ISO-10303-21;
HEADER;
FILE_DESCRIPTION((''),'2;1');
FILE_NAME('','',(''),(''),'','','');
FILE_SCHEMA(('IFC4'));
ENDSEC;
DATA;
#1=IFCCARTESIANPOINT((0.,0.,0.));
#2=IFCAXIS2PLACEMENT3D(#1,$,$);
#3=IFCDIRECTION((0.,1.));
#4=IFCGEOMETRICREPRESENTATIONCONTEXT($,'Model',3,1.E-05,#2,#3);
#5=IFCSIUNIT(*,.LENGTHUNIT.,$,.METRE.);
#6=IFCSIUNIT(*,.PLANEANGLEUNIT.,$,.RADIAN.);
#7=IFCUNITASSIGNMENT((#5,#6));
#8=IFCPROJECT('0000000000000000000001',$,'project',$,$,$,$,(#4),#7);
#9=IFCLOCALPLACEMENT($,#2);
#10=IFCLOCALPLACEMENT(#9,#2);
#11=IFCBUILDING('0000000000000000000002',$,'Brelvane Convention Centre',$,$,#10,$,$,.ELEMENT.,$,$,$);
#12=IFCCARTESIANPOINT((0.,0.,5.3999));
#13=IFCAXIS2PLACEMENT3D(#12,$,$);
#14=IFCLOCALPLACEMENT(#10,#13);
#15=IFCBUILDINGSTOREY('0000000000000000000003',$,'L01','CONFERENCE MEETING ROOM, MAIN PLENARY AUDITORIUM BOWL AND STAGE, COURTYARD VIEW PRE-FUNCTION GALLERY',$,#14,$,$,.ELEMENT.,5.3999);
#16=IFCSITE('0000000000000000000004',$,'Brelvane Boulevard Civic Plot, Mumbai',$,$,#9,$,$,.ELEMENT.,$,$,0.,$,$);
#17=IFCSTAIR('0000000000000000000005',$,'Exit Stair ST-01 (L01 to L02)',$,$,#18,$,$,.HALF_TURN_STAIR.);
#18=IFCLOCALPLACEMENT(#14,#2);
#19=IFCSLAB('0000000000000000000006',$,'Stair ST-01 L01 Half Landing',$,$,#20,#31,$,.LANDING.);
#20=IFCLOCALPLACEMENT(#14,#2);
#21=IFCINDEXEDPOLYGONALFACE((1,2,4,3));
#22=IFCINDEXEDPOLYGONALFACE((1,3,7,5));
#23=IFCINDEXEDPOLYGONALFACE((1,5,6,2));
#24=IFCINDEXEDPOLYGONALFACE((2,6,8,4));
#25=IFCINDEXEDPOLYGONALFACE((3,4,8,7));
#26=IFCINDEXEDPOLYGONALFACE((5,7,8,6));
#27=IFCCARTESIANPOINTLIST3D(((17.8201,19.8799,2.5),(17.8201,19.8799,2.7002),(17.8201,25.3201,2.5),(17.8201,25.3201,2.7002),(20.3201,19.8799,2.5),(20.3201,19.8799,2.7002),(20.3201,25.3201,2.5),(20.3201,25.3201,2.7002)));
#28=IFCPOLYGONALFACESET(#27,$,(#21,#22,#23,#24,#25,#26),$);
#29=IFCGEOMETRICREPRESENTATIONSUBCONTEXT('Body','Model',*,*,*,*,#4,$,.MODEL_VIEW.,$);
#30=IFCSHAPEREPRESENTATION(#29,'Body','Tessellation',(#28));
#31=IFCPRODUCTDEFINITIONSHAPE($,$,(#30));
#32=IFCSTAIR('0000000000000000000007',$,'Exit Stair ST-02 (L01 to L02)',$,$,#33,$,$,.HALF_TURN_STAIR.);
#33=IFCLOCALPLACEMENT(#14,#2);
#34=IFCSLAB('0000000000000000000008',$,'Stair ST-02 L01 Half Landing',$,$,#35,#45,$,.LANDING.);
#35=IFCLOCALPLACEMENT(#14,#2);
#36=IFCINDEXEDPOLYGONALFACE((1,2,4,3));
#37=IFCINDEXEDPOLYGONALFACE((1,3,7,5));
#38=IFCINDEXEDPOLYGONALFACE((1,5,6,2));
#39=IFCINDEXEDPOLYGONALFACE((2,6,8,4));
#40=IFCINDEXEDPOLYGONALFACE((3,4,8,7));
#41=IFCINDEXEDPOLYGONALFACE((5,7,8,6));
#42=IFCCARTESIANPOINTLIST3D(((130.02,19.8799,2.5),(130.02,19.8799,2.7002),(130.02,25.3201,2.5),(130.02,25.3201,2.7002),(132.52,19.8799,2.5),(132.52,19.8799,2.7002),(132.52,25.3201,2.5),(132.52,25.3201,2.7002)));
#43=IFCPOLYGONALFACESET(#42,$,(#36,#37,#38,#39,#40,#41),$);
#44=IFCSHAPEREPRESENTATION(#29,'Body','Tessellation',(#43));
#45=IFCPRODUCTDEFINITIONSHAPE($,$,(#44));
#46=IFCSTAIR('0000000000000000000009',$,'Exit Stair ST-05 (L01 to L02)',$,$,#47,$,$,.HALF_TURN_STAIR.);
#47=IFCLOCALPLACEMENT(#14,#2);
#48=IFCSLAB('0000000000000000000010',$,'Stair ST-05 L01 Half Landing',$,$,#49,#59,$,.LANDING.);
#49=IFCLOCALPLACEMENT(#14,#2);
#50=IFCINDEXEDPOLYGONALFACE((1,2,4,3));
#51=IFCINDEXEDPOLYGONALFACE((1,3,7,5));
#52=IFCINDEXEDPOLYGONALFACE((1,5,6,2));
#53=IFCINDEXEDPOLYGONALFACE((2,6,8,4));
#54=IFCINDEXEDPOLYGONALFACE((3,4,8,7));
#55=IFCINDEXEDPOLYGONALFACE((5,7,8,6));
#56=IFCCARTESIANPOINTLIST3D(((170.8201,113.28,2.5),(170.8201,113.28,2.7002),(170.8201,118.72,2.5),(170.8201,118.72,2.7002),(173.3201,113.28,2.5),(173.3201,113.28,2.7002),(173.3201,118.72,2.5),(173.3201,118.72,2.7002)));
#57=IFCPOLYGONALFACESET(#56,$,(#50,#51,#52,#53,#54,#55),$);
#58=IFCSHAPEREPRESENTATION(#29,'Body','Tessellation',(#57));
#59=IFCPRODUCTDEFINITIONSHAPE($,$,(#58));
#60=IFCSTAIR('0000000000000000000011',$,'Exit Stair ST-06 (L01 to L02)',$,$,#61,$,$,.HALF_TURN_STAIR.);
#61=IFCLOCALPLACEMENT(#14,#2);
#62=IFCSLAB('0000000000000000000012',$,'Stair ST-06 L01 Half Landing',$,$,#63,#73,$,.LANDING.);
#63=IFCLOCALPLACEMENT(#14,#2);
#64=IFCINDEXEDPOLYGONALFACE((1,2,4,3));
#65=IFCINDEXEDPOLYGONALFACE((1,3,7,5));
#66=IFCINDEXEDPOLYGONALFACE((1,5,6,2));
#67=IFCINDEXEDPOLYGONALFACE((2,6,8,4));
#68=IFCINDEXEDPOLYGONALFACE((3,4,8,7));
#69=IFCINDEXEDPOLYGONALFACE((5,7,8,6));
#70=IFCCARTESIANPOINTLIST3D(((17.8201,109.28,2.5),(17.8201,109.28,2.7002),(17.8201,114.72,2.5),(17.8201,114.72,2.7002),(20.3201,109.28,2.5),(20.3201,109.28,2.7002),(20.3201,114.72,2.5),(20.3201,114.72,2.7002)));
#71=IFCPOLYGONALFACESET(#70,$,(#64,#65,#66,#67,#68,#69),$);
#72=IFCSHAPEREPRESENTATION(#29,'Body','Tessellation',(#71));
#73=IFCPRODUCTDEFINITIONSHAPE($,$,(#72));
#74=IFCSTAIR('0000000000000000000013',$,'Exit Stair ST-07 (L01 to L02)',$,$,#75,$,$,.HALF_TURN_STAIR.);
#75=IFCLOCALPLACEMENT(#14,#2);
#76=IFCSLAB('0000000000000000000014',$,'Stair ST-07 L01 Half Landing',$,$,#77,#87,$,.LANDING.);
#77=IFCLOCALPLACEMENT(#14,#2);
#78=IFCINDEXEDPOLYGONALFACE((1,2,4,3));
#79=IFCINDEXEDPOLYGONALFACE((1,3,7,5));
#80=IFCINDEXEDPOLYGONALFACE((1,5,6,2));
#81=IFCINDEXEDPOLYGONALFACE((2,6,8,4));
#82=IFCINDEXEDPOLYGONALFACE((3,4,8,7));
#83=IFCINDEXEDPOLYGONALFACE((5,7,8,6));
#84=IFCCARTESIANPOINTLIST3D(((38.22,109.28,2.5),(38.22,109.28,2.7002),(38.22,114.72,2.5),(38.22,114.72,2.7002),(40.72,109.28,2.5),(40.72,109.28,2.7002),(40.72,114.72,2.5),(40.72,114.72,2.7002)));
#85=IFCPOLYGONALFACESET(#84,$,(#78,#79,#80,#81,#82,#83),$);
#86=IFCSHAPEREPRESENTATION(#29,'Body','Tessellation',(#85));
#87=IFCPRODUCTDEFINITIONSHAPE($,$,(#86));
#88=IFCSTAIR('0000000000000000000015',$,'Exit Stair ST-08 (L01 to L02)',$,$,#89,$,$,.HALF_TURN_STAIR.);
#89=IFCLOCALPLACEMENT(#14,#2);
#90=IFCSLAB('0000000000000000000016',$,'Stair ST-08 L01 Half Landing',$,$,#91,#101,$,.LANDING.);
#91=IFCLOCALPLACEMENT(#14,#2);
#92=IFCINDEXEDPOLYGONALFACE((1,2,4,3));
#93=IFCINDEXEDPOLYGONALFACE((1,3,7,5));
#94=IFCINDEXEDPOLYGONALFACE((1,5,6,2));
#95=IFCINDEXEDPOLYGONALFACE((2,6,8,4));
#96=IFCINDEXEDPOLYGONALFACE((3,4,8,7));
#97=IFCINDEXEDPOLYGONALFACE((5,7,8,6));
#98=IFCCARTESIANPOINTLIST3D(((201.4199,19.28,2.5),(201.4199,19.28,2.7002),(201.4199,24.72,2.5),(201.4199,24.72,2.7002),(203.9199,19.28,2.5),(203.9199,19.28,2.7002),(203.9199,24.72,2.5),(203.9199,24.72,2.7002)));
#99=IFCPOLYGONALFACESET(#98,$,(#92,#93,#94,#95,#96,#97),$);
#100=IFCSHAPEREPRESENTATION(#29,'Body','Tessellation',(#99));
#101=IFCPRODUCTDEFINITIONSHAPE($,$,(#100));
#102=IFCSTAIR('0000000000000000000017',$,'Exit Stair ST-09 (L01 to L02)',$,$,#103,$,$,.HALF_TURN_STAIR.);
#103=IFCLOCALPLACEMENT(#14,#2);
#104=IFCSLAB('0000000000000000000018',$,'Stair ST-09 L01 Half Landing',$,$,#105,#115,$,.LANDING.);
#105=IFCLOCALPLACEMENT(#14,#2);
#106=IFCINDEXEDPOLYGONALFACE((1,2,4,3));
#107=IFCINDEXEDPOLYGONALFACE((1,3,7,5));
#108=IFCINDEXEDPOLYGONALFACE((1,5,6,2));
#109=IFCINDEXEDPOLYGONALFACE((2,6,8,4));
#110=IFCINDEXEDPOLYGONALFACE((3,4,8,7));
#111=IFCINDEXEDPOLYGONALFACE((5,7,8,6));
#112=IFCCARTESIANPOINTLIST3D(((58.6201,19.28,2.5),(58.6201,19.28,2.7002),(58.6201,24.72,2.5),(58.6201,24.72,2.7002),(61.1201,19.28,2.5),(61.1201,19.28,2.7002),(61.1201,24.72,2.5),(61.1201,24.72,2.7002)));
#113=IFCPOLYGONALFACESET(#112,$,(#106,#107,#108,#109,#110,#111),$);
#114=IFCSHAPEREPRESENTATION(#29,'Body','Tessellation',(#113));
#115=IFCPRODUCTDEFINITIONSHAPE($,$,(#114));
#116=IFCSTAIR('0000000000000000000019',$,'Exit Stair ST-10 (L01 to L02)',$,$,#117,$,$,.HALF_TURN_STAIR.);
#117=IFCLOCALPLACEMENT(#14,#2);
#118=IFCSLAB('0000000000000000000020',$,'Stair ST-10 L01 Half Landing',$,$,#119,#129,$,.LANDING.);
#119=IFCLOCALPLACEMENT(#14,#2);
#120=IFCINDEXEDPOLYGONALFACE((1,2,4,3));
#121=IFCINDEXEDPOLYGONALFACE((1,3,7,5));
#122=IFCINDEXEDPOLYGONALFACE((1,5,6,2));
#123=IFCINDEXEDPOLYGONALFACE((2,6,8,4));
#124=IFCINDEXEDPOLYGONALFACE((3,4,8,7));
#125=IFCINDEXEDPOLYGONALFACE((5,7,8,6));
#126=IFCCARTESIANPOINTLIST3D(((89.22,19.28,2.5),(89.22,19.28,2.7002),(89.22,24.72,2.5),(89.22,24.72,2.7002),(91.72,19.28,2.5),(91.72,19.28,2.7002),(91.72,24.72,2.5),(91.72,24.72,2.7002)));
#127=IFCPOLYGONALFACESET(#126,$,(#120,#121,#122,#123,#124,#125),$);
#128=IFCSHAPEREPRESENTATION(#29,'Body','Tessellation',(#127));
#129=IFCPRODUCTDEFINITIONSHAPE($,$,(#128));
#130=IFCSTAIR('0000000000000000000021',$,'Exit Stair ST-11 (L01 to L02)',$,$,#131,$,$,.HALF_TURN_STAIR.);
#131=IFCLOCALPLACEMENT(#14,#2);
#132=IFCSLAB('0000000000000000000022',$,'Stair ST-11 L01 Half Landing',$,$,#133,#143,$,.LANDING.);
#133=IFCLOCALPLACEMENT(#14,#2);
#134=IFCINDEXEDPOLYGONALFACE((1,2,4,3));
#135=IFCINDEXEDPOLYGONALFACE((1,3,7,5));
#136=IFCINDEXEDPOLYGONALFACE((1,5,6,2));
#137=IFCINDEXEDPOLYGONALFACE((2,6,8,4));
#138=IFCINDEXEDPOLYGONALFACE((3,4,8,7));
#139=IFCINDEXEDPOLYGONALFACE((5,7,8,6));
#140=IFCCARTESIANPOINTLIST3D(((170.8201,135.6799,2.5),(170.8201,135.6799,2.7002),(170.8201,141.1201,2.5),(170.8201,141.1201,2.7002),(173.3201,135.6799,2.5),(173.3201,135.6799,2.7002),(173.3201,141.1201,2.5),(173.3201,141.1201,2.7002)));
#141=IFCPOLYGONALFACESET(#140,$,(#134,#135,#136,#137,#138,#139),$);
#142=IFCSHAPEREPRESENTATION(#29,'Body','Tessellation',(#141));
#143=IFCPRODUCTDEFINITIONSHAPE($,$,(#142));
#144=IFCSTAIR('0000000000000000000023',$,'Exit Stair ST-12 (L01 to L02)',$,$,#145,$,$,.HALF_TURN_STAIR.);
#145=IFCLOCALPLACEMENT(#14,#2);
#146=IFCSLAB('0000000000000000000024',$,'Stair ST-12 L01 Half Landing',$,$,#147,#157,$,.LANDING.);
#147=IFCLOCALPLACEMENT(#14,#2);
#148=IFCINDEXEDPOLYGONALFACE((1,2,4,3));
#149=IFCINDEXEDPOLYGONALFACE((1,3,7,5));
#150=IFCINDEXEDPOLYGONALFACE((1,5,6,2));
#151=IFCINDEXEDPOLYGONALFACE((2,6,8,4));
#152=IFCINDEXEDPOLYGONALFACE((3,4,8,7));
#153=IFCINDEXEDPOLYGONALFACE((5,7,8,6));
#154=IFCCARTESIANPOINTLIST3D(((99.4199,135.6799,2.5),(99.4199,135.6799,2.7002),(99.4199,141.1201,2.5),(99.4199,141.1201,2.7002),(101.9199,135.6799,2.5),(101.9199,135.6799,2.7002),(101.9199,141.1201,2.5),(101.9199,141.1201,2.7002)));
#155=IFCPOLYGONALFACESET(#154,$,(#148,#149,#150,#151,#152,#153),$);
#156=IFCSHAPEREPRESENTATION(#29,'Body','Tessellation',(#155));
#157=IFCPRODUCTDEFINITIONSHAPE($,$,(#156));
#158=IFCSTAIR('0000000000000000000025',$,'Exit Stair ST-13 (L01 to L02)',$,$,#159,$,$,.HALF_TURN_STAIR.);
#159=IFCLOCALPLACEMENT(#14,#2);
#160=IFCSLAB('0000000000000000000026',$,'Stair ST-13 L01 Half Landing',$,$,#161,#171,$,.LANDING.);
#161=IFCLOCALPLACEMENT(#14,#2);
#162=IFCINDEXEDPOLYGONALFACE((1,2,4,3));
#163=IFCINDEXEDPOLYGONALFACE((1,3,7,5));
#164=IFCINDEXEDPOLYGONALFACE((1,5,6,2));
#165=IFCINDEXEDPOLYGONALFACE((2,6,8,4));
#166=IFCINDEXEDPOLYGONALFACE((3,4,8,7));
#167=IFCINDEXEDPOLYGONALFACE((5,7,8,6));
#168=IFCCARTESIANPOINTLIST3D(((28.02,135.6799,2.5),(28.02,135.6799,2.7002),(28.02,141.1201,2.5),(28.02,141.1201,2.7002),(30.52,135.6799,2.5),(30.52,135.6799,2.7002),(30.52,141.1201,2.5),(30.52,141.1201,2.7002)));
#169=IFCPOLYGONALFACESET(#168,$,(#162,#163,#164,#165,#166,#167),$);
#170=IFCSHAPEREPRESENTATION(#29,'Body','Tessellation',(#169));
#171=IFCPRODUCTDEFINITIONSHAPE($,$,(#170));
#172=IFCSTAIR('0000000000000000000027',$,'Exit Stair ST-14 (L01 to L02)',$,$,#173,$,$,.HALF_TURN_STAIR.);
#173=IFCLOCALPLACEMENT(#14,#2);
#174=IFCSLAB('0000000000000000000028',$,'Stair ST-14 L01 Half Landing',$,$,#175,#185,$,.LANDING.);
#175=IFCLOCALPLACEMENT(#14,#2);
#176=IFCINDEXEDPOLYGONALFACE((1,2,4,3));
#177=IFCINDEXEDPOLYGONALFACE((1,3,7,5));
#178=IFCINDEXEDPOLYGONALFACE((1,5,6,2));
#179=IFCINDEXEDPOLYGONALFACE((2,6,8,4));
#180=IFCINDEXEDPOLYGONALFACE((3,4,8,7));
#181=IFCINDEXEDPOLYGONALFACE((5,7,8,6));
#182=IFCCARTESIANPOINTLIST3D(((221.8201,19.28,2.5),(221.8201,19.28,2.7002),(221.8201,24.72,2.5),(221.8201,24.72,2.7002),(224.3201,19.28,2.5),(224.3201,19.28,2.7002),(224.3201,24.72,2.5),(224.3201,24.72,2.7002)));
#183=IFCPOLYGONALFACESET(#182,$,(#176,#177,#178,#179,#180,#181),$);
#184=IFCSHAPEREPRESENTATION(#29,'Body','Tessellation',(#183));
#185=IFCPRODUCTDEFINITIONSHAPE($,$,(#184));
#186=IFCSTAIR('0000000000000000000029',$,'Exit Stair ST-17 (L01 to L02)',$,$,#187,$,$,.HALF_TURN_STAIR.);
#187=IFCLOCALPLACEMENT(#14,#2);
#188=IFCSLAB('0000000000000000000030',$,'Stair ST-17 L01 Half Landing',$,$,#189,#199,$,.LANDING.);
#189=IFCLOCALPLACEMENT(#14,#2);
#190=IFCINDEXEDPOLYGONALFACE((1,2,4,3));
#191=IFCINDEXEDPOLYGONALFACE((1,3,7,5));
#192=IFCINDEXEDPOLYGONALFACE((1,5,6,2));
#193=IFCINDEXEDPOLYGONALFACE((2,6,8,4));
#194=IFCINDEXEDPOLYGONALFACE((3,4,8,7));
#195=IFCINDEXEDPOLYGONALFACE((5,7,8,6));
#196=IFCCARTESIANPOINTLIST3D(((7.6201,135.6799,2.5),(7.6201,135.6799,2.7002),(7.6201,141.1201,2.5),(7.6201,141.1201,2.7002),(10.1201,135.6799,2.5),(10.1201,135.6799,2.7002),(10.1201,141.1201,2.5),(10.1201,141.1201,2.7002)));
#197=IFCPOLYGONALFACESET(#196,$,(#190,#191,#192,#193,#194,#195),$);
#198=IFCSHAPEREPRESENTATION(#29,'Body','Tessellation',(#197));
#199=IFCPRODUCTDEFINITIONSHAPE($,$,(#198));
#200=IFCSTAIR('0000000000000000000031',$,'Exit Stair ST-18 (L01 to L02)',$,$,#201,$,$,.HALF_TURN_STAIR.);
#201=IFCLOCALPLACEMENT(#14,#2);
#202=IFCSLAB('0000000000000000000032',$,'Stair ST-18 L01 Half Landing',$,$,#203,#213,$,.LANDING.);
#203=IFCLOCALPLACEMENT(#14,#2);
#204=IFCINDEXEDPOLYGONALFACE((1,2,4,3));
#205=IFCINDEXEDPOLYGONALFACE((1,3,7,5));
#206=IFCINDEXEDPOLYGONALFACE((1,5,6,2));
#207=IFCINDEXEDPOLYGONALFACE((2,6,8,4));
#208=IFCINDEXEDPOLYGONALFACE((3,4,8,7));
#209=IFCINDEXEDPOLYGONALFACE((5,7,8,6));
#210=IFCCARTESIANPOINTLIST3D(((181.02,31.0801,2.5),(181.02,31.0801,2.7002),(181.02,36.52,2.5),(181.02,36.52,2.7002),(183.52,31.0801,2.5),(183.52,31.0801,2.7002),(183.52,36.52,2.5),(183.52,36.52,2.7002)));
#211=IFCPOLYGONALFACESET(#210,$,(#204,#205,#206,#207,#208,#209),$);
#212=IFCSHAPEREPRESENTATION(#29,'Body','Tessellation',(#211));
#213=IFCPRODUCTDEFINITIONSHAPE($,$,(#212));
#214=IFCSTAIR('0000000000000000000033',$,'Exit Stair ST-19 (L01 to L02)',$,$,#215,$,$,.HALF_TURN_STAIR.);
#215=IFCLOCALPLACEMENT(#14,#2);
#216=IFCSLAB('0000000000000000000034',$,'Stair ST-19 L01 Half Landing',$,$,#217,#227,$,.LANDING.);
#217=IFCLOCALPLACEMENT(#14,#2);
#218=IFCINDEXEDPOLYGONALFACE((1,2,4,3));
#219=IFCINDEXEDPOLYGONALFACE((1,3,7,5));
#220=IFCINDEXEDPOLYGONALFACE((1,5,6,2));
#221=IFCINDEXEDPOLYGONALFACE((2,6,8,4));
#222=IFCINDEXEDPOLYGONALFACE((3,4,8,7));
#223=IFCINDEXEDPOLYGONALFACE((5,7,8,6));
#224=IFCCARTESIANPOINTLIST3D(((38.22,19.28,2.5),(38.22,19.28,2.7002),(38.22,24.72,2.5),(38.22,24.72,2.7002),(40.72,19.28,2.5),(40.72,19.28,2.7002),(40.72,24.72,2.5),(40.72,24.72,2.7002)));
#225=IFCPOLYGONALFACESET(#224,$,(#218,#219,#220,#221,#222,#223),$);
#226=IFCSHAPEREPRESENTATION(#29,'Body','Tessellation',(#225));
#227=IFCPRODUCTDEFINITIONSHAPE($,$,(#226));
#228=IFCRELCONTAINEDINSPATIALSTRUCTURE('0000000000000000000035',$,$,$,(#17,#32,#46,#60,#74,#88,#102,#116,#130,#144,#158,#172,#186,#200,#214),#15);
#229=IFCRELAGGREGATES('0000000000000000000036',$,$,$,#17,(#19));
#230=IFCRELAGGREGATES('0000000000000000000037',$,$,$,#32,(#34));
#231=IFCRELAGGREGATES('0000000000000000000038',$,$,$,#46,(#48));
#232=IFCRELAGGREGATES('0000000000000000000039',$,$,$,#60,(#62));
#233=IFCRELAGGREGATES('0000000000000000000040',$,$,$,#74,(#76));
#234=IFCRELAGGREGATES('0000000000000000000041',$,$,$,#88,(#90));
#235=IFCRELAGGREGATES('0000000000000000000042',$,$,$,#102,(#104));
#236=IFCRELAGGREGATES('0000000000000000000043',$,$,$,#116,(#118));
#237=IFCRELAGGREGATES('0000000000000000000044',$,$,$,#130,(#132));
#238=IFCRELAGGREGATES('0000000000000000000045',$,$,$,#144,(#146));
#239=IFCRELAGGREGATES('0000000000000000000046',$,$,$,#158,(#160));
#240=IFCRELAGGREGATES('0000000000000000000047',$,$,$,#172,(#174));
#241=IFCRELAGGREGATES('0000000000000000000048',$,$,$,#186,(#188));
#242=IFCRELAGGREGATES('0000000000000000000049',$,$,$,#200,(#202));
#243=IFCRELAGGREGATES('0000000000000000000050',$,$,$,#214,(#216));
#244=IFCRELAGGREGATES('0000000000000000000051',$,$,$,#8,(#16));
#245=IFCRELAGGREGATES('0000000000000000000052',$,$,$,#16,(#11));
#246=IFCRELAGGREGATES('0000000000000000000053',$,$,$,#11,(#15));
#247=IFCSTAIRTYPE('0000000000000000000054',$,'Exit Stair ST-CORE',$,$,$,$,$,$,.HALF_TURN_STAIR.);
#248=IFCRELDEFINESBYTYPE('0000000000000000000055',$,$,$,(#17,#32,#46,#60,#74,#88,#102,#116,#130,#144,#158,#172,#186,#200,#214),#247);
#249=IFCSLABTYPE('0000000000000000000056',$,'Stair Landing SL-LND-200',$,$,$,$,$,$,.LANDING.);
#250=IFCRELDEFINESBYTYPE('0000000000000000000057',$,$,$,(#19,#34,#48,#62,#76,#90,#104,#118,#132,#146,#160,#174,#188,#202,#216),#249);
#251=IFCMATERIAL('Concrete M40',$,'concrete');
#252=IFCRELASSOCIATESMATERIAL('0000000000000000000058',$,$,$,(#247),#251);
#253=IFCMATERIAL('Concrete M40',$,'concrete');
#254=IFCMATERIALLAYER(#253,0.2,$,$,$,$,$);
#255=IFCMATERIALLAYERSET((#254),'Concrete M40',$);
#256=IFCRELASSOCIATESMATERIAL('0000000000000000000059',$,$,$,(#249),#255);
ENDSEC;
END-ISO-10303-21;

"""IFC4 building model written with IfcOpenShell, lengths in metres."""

from ifc_helpers import new_model, si_unit, direction, frame, origin, place, context, subcontext, project, spatial, polyline, outline, extrude, material, layer, layer_set, type_object, element, aggregate, save


model = new_model("IFC4")

# Units and contexts
model_context = context("Model", 3, precision=1e-05, world=origin(), true_north=direction((0.0, 1.0)))
body_context = subcontext(model_context, "Body", "Model", "MODEL_VIEW")
ifc_project = project(units=[si_unit("LENGTHUNIT", "METRE"), si_unit("PLANEANGLEUNIT", "RADIAN")], contexts=[model_context])

# Site, building, storey
site_placement = place(None, origin())
site = spatial("IfcSite", under=ifc_project, at=site_placement, Name="Brelvane Boulevard Civic Plot, Mumbai", CompositionType="ELEMENT", RefElevation=0.0)
building_placement = place(site_placement, origin())
building = spatial("IfcBuilding", under=site, at=building_placement, Name="Brelvane Convention Centre", CompositionType="ELEMENT")
storey_placement = place(building_placement, frame((0.0, 0.0, 5.3999)))
storey = spatial("IfcBuildingStorey", under=building, at=storey_placement, Name="L01", Description="CONFERENCE MEETING ROOM, MAIN PLENARY AUDITORIUM BOWL AND STAGE, COURTYARD VIEW PRE-FUNCTION GALLERY", CompositionType="ELEMENT", Elevation=5.3999)

# Stairs, slabs
ifc_material_1 = material(Name="Concrete M40", Category="concrete")
stair_type_1 = type_object("IfcStairType", Name="Exit Stair ST-CORE", PredefinedType="HALF_TURN_STAIR", material=ifc_material_1)
stair_1_placement = place(storey_placement, origin())
stair_1 = element("IfcStair", 1, at=stair_1_placement, inside=storey, type_object=stair_type_1, Name="Exit Stair ST-01 (L01 to L02)", PredefinedType="HALF_TURN_STAIR")
ifc_material_2 = material(Name="Concrete M40", Category="concrete")
ifc_layer_1 = layer(ifc_material_2, 0.2)
ifc_layer_set_1 = layer_set([ifc_layer_1], Name="Concrete M40")
slab_type_1 = type_object("IfcSlabType", Name="Stair Landing SL-LND-200", PredefinedType="LANDING", material=ifc_layer_set_1)
slab_1_placement = place(storey_placement, frame((0.0, 0.0, 2.5)))
slab_1 = element("IfcSlab", 2, at=slab_1_placement, type_object=slab_type_1, Name="Stair ST-01 L01 Half Landing", PredefinedType="LANDING", context=body_context, shape_type="SweptSolid", body=[
    extrude(outline(polyline([(17.8201, 19.8799), (20.3201, 19.8799), (20.3201, 25.3201), (17.8201, 25.3201), (17.8201, 19.8799)])), origin(), (0.0, 0.0, 1.0), 0.2002),
])
aggregate(stair_1, [slab_1])
stair_2_placement = place(storey_placement, origin())
stair_2 = element("IfcStair", 3, at=stair_2_placement, inside=storey, type_object=stair_type_1, Name="Exit Stair ST-02 (L01 to L02)", PredefinedType="HALF_TURN_STAIR")
slab_2_placement = place(storey_placement, frame((0.0, 0.0, 2.5)))
slab_2 = element("IfcSlab", 4, at=slab_2_placement, type_object=slab_type_1, Name="Stair ST-02 L01 Half Landing", PredefinedType="LANDING", context=body_context, shape_type="SweptSolid", body=[
    extrude(outline(polyline([(130.02, 19.8799), (132.52, 19.8799), (132.52, 25.3201), (130.02, 25.3201), (130.02, 19.8799)])), origin(), (0.0, 0.0, 1.0), 0.2002),
])
aggregate(stair_2, [slab_2])
stair_3_placement = place(storey_placement, origin())
stair_3 = element("IfcStair", 5, at=stair_3_placement, inside=storey, type_object=stair_type_1, Name="Exit Stair ST-05 (L01 to L02)", PredefinedType="HALF_TURN_STAIR")
slab_3_placement = place(storey_placement, frame((0.0, 0.0, 2.5)))
slab_3 = element("IfcSlab", 6, at=slab_3_placement, type_object=slab_type_1, Name="Stair ST-05 L01 Half Landing", PredefinedType="LANDING", context=body_context, shape_type="SweptSolid", body=[
    extrude(outline(polyline([(170.8201, 113.28), (173.3201, 113.28), (173.3201, 118.72), (170.8201, 118.72), (170.8201, 113.28)])), origin(), (0.0, 0.0, 1.0), 0.2002),
])
aggregate(stair_3, [slab_3])
stair_4_placement = place(storey_placement, origin())
stair_4 = element("IfcStair", 7, at=stair_4_placement, inside=storey, type_object=stair_type_1, Name="Exit Stair ST-06 (L01 to L02)", PredefinedType="HALF_TURN_STAIR")
slab_4_placement = place(storey_placement, frame((0.0, 0.0, 2.5)))
slab_4 = element("IfcSlab", 8, at=slab_4_placement, type_object=slab_type_1, Name="Stair ST-06 L01 Half Landing", PredefinedType="LANDING", context=body_context, shape_type="SweptSolid", body=[
    extrude(outline(polyline([(17.8201, 109.28), (20.3201, 109.28), (20.3201, 114.72), (17.8201, 114.72), (17.8201, 109.28)])), origin(), (0.0, 0.0, 1.0), 0.2002),
])
aggregate(stair_4, [slab_4])
stair_5_placement = place(storey_placement, origin())
stair_5 = element("IfcStair", 9, at=stair_5_placement, inside=storey, type_object=stair_type_1, Name="Exit Stair ST-07 (L01 to L02)", PredefinedType="HALF_TURN_STAIR")
slab_5_placement = place(storey_placement, frame((0.0, 0.0, 2.5)))
slab_5 = element("IfcSlab", 10, at=slab_5_placement, type_object=slab_type_1, Name="Stair ST-07 L01 Half Landing", PredefinedType="LANDING", context=body_context, shape_type="SweptSolid", body=[
    extrude(outline(polyline([(38.22, 109.28), (40.72, 109.28), (40.72, 114.72), (38.22, 114.72), (38.22, 109.28)])), origin(), (0.0, 0.0, 1.0), 0.2002),
])
aggregate(stair_5, [slab_5])
stair_6_placement = place(storey_placement, origin())
stair_6 = element("IfcStair", 11, at=stair_6_placement, inside=storey, type_object=stair_type_1, Name="Exit Stair ST-08 (L01 to L02)", PredefinedType="HALF_TURN_STAIR")
slab_6_placement = place(storey_placement, frame((0.0, 0.0, 2.5)))
slab_6 = element("IfcSlab", 12, at=slab_6_placement, type_object=slab_type_1, Name="Stair ST-08 L01 Half Landing", PredefinedType="LANDING", context=body_context, shape_type="SweptSolid", body=[
    extrude(outline(polyline([(201.4199, 19.28), (203.9199, 19.28), (203.9199, 24.72), (201.4199, 24.72), (201.4199, 19.28)])), origin(), (0.0, 0.0, 1.0), 0.2002),
])
aggregate(stair_6, [slab_6])
stair_7_placement = place(storey_placement, origin())
stair_7 = element("IfcStair", 13, at=stair_7_placement, inside=storey, type_object=stair_type_1, Name="Exit Stair ST-09 (L01 to L02)", PredefinedType="HALF_TURN_STAIR")
slab_7_placement = place(storey_placement, frame((0.0, 0.0, 2.5)))
slab_7 = element("IfcSlab", 14, at=slab_7_placement, type_object=slab_type_1, Name="Stair ST-09 L01 Half Landing", PredefinedType="LANDING", context=body_context, shape_type="SweptSolid", body=[
    extrude(outline(polyline([(58.6201, 19.28), (61.1201, 19.28), (61.1201, 24.72), (58.6201, 24.72), (58.6201, 19.28)])), origin(), (0.0, 0.0, 1.0), 0.2002),
])
aggregate(stair_7, [slab_7])
stair_8_placement = place(storey_placement, origin())
stair_8 = element("IfcStair", 15, at=stair_8_placement, inside=storey, type_object=stair_type_1, Name="Exit Stair ST-10 (L01 to L02)", PredefinedType="HALF_TURN_STAIR")
slab_8_placement = place(storey_placement, frame((0.0, 0.0, 2.5)))
slab_8 = element("IfcSlab", 16, at=slab_8_placement, type_object=slab_type_1, Name="Stair ST-10 L01 Half Landing", PredefinedType="LANDING", context=body_context, shape_type="SweptSolid", body=[
    extrude(outline(polyline([(89.22, 19.28), (91.72, 19.28), (91.72, 24.72), (89.22, 24.72), (89.22, 19.28)])), origin(), (0.0, 0.0, 1.0), 0.2002),
])
aggregate(stair_8, [slab_8])
stair_9_placement = place(storey_placement, origin())
stair_9 = element("IfcStair", 17, at=stair_9_placement, inside=storey, type_object=stair_type_1, Name="Exit Stair ST-11 (L01 to L02)", PredefinedType="HALF_TURN_STAIR")
slab_9_placement = place(storey_placement, frame((0.0, 0.0, 2.5)))
slab_9 = element("IfcSlab", 18, at=slab_9_placement, type_object=slab_type_1, Name="Stair ST-11 L01 Half Landing", PredefinedType="LANDING", context=body_context, shape_type="SweptSolid", body=[
    extrude(outline(polyline([(170.8201, 135.6799), (173.3201, 135.6799), (173.3201, 141.1201), (170.8201, 141.1201), (170.8201, 135.6799)])), origin(), (0.0, 0.0, 1.0), 0.2002),
])
aggregate(stair_9, [slab_9])
stair_10_placement = place(storey_placement, origin())
stair_10 = element("IfcStair", 19, at=stair_10_placement, inside=storey, type_object=stair_type_1, Name="Exit Stair ST-12 (L01 to L02)", PredefinedType="HALF_TURN_STAIR")
slab_10_placement = place(storey_placement, frame((0.0, 0.0, 2.5)))
slab_10 = element("IfcSlab", 20, at=slab_10_placement, type_object=slab_type_1, Name="Stair ST-12 L01 Half Landing", PredefinedType="LANDING", context=body_context, shape_type="SweptSolid", body=[
    extrude(outline(polyline([(99.4199, 135.6799), (101.9199, 135.6799), (101.9199, 141.1201), (99.4199, 141.1201), (99.4199, 135.6799)])), origin(), (0.0, 0.0, 1.0), 0.2002),
])
aggregate(stair_10, [slab_10])
stair_11_placement = place(storey_placement, origin())
stair_11 = element("IfcStair", 21, at=stair_11_placement, inside=storey, type_object=stair_type_1, Name="Exit Stair ST-13 (L01 to L02)", PredefinedType="HALF_TURN_STAIR")
slab_11_placement = place(storey_placement, frame((0.0, 0.0, 2.5)))
slab_11 = element("IfcSlab", 22, at=slab_11_placement, type_object=slab_type_1, Name="Stair ST-13 L01 Half Landing", PredefinedType="LANDING", context=body_context, shape_type="SweptSolid", body=[
    extrude(outline(polyline([(28.02, 135.6799), (30.52, 135.6799), (30.52, 141.1201), (28.02, 141.1201), (28.02, 135.6799)])), origin(), (0.0, 0.0, 1.0), 0.2002),
])
aggregate(stair_11, [slab_11])
stair_12_placement = place(storey_placement, origin())
stair_12 = element("IfcStair", 23, at=stair_12_placement, inside=storey, type_object=stair_type_1, Name="Exit Stair ST-14 (L01 to L02)", PredefinedType="HALF_TURN_STAIR")
slab_12_placement = place(storey_placement, frame((0.0, 0.0, 2.5)))
slab_12 = element("IfcSlab", 24, at=slab_12_placement, type_object=slab_type_1, Name="Stair ST-14 L01 Half Landing", PredefinedType="LANDING", context=body_context, shape_type="SweptSolid", body=[
    extrude(outline(polyline([(221.8201, 19.28), (224.3201, 19.28), (224.3201, 24.72), (221.8201, 24.72), (221.8201, 19.28)])), origin(), (0.0, 0.0, 1.0), 0.2002),
])
aggregate(stair_12, [slab_12])
stair_13_placement = place(storey_placement, origin())
stair_13 = element("IfcStair", 25, at=stair_13_placement, inside=storey, type_object=stair_type_1, Name="Exit Stair ST-17 (L01 to L02)", PredefinedType="HALF_TURN_STAIR")
slab_13_placement = place(storey_placement, frame((0.0, 0.0, 2.5)))
slab_13 = element("IfcSlab", 26, at=slab_13_placement, type_object=slab_type_1, Name="Stair ST-17 L01 Half Landing", PredefinedType="LANDING", context=body_context, shape_type="SweptSolid", body=[
    extrude(outline(polyline([(7.6201, 135.6799), (10.1201, 135.6799), (10.1201, 141.1201), (7.6201, 141.1201), (7.6201, 135.6799)])), origin(), (0.0, 0.0, 1.0), 0.2002),
])
aggregate(stair_13, [slab_13])
stair_14_placement = place(storey_placement, origin())
stair_14 = element("IfcStair", 27, at=stair_14_placement, inside=storey, type_object=stair_type_1, Name="Exit Stair ST-18 (L01 to L02)", PredefinedType="HALF_TURN_STAIR")
slab_14_placement = place(storey_placement, frame((0.0, 0.0, 2.5)))
slab_14 = element("IfcSlab", 28, at=slab_14_placement, type_object=slab_type_1, Name="Stair ST-18 L01 Half Landing", PredefinedType="LANDING", context=body_context, shape_type="SweptSolid", body=[
    extrude(outline(polyline([(181.02, 31.0801), (183.52, 31.0801), (183.52, 36.52), (181.02, 36.52), (181.02, 31.0801)])), origin(), (0.0, 0.0, 1.0), 0.2002),
])
aggregate(stair_14, [slab_14])
stair_15_placement = place(storey_placement, origin())
stair_15 = element("IfcStair", 29, at=stair_15_placement, inside=storey, type_object=stair_type_1, Name="Exit Stair ST-19 (L01 to L02)", PredefinedType="HALF_TURN_STAIR")
slab_15_placement = place(storey_placement, frame((0.0, 0.0, 2.5)))
slab_15 = element("IfcSlab", 30, at=slab_15_placement, type_object=slab_type_1, Name="Stair ST-19 L01 Half Landing", PredefinedType="LANDING", context=body_context, shape_type="SweptSolid", body=[
    extrude(outline(polyline([(38.22, 19.28), (40.72, 19.28), (40.72, 24.72), (38.22, 24.72), (38.22, 19.28)])), origin(), (0.0, 0.0, 1.0), 0.2002),
])
aggregate(stair_15, [slab_15])

save(model, "model.ifc")
